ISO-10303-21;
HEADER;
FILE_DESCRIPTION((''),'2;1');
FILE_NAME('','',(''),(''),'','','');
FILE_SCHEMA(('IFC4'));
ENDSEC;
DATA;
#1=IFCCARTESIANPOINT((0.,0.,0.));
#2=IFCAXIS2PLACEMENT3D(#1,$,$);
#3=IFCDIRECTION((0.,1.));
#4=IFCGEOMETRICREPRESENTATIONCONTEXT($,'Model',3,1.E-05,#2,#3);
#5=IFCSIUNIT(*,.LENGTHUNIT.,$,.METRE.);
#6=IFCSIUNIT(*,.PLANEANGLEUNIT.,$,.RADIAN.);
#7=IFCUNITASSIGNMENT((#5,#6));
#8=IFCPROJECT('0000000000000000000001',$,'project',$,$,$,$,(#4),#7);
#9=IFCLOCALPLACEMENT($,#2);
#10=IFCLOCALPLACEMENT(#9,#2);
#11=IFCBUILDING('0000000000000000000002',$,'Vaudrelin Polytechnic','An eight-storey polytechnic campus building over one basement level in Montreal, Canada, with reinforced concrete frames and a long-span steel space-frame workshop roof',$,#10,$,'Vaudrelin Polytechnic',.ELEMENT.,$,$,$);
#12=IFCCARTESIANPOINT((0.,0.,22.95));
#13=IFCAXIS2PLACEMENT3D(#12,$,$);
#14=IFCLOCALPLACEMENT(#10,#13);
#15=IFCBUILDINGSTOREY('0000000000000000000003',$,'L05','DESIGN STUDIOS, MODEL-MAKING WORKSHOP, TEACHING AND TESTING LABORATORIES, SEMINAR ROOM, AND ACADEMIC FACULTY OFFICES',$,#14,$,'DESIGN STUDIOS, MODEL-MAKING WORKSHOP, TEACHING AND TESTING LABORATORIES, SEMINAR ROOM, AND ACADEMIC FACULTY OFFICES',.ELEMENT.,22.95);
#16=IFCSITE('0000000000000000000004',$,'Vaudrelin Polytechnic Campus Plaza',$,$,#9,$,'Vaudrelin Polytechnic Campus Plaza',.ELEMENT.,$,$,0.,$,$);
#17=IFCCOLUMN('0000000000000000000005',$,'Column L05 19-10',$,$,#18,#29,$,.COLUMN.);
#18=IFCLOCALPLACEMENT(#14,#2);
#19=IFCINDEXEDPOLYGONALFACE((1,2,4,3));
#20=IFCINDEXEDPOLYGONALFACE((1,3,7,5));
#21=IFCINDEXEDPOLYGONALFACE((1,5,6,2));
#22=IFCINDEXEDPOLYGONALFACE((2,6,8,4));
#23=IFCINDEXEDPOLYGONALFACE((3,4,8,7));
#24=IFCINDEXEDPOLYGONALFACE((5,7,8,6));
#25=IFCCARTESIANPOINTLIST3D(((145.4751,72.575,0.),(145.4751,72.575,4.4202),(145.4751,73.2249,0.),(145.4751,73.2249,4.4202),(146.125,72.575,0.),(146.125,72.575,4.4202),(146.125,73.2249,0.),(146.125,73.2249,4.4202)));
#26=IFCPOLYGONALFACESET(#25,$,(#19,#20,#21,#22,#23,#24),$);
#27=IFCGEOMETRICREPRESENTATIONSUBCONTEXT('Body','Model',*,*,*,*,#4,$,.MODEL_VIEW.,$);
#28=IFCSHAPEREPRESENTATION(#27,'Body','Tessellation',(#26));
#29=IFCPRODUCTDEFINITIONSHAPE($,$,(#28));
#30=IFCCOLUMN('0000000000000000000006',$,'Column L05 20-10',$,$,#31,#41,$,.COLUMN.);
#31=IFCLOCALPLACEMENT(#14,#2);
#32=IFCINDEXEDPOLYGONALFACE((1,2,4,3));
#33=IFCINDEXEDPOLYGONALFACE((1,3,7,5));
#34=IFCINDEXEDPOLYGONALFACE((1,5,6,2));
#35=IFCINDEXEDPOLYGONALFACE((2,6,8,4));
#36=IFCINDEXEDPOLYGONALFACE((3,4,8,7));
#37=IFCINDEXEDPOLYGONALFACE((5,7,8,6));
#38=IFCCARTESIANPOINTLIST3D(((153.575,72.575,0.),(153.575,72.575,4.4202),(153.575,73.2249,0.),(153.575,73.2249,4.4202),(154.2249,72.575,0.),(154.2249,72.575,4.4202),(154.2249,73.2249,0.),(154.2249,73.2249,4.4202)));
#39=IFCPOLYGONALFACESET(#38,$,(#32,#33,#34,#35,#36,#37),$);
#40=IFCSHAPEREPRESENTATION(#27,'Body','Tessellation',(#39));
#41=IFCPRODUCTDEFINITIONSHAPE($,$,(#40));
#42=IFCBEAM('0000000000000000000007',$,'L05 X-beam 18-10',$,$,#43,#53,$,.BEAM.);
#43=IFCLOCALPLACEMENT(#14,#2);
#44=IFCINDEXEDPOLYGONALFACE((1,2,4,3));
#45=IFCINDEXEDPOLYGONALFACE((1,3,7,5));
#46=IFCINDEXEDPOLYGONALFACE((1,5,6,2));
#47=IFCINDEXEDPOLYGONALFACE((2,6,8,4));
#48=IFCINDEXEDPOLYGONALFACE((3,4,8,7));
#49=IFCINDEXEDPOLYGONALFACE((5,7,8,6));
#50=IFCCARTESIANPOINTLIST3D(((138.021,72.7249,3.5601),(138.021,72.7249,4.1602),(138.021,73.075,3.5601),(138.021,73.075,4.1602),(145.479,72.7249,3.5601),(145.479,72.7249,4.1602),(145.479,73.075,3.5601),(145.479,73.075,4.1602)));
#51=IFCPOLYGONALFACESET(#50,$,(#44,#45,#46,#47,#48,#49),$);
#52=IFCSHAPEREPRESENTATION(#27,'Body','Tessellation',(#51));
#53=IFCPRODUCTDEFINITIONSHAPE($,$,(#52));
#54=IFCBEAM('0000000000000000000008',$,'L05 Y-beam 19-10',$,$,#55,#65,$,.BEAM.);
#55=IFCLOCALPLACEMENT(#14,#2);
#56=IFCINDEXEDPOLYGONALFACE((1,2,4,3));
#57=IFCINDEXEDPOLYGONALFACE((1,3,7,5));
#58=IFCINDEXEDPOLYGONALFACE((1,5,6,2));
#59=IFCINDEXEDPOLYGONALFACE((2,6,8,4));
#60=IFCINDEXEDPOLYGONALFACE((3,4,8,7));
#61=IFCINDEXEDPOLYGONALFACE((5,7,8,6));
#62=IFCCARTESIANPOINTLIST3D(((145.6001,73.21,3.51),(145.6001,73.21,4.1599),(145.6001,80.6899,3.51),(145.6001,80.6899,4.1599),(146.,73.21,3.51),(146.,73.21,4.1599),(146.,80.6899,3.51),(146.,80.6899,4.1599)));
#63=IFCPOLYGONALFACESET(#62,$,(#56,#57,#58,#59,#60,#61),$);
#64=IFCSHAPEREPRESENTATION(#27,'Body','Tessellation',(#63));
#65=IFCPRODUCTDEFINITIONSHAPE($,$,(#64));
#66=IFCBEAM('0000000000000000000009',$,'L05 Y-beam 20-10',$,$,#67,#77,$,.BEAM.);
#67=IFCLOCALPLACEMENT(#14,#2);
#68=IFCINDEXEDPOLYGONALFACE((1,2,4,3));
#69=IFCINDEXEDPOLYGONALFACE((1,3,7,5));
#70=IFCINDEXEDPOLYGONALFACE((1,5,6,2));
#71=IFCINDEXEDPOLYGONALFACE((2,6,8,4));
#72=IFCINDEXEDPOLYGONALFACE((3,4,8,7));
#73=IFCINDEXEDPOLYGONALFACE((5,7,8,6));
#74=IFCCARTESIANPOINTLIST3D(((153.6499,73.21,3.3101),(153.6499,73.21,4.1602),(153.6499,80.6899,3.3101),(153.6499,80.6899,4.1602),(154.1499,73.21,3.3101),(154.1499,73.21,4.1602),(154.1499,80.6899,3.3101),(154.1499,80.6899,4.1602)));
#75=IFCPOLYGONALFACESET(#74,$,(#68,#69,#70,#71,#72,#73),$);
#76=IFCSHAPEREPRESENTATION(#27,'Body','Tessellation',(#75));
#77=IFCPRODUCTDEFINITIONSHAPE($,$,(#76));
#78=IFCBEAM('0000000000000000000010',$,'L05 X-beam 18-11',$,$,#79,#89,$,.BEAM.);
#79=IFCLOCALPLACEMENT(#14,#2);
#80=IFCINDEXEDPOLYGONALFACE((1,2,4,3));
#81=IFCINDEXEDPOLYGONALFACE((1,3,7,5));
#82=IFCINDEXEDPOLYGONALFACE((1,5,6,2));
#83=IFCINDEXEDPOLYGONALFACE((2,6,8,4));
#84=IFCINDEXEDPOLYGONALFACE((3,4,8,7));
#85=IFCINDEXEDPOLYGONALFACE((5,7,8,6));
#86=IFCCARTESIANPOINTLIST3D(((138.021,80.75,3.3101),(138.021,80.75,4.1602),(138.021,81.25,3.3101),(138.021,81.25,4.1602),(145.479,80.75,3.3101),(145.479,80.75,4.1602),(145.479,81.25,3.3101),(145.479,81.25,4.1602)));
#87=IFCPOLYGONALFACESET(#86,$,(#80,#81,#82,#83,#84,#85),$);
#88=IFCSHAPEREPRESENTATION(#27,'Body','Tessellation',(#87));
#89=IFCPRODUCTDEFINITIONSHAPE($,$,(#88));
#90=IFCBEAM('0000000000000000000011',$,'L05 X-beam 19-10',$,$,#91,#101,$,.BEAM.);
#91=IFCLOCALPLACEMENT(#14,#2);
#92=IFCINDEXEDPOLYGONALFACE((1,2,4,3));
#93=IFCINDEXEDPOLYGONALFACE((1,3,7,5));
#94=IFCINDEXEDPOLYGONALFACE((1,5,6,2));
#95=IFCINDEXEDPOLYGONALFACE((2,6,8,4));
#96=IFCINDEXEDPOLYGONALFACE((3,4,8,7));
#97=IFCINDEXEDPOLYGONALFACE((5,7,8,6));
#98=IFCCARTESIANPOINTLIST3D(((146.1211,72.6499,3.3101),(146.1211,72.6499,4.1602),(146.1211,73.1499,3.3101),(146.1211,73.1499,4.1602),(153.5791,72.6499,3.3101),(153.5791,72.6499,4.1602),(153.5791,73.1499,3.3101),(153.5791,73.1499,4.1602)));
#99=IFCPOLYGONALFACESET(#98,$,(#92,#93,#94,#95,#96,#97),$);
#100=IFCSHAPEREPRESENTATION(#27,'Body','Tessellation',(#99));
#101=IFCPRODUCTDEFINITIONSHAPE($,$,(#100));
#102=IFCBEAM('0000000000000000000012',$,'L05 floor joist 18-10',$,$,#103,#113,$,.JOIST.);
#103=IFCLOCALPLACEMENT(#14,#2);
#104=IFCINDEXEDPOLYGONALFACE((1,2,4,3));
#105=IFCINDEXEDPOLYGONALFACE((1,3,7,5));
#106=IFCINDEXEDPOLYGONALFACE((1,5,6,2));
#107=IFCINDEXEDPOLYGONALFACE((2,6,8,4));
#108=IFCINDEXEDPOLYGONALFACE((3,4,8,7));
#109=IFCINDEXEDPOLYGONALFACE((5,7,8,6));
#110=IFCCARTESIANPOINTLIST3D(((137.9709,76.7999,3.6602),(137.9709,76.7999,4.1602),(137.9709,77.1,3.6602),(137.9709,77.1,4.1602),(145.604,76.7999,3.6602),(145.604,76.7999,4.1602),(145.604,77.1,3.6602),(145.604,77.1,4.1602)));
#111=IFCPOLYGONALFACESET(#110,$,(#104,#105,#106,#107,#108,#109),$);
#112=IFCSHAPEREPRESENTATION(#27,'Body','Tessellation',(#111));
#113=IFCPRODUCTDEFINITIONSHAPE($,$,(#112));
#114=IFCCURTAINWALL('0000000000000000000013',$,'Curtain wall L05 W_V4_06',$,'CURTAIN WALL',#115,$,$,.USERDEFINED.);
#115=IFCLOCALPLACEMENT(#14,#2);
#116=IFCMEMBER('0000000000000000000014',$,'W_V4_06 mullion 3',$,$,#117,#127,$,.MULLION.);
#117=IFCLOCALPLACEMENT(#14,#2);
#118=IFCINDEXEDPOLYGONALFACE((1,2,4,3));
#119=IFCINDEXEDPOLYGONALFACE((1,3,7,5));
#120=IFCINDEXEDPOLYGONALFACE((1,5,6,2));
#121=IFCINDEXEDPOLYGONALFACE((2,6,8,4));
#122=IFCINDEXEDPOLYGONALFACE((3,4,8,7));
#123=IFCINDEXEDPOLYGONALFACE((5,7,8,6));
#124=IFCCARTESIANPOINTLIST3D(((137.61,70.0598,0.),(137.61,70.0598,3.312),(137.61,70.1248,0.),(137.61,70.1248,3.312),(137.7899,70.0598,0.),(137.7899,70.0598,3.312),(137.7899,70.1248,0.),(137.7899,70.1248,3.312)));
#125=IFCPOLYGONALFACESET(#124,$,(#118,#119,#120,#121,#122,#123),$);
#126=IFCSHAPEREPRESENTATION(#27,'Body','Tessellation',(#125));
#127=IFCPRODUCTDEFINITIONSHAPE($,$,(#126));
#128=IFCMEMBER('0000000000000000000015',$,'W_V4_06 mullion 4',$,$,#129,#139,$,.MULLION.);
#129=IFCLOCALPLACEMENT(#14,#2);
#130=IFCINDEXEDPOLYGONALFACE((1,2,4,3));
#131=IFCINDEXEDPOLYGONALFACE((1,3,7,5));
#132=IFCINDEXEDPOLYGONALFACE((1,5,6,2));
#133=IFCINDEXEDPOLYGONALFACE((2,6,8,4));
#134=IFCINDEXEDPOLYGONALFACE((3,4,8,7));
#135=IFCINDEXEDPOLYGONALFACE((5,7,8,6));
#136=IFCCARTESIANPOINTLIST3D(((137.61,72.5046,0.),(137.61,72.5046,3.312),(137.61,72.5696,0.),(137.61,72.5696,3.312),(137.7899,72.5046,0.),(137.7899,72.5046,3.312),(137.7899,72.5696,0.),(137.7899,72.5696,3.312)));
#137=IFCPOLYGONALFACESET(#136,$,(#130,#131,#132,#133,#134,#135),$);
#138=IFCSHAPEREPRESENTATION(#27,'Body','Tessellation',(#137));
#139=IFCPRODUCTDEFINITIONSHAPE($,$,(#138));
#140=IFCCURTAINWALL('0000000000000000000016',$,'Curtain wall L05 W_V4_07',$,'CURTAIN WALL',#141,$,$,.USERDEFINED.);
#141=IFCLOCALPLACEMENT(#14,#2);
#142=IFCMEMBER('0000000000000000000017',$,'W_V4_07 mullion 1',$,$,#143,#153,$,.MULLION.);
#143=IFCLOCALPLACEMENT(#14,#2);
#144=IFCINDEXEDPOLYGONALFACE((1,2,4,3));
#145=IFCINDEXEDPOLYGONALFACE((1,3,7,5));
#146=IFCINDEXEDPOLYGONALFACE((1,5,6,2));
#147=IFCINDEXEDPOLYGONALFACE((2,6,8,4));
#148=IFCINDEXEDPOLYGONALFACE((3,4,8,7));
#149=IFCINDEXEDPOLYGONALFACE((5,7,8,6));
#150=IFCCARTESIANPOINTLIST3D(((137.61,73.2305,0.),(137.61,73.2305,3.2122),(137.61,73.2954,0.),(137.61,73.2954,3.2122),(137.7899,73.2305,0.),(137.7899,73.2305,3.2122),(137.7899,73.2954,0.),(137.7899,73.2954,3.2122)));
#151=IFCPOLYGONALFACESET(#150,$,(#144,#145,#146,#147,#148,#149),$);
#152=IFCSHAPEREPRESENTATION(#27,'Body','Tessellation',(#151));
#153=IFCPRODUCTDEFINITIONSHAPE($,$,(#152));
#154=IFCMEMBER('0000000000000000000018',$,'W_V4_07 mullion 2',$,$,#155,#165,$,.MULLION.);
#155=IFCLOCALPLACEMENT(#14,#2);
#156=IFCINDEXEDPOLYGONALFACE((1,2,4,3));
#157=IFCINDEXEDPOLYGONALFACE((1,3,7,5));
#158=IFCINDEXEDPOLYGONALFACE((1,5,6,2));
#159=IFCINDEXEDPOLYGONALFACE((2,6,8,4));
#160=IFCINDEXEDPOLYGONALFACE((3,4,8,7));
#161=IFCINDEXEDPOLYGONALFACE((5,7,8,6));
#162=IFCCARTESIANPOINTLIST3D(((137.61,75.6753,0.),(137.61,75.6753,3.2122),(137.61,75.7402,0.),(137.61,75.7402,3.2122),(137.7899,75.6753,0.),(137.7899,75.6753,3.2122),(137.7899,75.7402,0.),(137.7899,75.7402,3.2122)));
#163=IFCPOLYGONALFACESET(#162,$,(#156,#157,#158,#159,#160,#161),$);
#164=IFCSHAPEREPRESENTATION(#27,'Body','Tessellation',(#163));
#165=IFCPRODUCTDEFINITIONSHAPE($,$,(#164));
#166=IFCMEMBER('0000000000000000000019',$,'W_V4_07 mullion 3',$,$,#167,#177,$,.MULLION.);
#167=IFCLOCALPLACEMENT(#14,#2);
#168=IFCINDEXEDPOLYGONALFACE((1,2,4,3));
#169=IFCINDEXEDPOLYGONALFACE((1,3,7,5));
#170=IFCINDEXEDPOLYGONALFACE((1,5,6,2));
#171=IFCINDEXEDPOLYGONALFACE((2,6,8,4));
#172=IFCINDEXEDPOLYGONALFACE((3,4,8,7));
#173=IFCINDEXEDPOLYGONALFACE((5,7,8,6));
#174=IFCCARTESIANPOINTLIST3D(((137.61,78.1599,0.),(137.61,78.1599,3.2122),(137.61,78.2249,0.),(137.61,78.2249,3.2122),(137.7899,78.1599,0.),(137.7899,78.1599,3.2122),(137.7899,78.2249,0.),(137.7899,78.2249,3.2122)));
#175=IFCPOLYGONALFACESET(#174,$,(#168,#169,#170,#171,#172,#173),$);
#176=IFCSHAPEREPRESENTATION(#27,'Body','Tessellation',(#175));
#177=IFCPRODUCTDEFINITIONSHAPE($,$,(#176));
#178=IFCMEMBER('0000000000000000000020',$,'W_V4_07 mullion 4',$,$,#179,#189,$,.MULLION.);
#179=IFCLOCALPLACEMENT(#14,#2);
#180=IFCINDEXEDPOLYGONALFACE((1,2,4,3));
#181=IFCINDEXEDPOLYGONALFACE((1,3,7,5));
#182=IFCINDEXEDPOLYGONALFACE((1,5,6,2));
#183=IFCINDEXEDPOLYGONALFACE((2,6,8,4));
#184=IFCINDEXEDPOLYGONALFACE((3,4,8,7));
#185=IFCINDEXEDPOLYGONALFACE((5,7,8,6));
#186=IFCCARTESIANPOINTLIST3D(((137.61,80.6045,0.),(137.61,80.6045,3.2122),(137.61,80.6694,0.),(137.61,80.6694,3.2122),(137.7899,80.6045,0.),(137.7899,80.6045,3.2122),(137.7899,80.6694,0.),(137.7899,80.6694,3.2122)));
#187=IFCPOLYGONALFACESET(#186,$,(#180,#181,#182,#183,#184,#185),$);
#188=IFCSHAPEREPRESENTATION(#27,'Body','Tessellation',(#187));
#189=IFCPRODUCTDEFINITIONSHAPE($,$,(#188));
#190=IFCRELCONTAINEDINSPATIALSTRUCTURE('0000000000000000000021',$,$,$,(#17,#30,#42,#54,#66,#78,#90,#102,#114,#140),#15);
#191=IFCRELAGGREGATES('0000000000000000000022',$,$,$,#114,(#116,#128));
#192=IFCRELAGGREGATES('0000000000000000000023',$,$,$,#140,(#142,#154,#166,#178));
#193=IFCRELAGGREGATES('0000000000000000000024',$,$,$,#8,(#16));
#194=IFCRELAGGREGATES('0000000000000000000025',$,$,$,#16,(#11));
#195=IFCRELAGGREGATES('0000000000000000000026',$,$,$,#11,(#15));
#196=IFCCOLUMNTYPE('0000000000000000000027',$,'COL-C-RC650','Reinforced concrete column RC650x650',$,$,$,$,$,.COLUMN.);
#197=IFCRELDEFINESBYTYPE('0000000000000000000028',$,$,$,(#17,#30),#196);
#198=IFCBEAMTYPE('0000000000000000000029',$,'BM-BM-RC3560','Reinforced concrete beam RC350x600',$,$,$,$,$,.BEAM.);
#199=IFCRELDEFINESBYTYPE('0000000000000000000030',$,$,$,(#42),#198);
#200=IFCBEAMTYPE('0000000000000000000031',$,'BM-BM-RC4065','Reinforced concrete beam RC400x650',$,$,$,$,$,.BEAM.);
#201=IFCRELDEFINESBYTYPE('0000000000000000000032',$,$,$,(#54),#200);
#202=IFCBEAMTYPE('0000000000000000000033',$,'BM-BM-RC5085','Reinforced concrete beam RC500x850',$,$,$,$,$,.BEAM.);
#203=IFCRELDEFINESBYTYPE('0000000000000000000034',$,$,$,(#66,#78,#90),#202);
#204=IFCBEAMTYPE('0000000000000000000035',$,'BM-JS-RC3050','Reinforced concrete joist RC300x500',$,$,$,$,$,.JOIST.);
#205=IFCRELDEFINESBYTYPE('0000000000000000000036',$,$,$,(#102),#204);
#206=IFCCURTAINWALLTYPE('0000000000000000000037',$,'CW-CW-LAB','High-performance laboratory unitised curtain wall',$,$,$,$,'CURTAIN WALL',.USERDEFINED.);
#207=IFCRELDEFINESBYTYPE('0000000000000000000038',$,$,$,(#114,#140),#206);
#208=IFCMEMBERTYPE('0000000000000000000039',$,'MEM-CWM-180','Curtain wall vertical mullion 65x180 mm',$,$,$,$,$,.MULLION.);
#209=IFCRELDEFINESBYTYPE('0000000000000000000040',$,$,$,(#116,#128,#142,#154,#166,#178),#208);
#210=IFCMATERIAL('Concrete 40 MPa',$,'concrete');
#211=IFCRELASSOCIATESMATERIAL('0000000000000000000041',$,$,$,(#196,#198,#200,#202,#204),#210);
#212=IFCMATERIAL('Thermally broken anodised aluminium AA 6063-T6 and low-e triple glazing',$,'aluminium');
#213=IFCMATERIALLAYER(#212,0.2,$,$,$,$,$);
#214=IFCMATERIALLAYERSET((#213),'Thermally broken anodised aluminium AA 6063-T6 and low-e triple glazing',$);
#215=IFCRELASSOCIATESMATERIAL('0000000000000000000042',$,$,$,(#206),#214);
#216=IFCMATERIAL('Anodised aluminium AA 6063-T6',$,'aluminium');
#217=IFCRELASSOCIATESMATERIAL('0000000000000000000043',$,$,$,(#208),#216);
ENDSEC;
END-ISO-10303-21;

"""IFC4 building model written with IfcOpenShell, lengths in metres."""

from ifc_helpers import new_model, si_unit, direction, frame, origin, origin_2d, place, context, subcontext, project, spatial, rectangle, extrude, material, layer, layer_set, material_profile, profile_set, type_object, element, aggregate, save


model = new_model("IFC4")

# Units and contexts
model_context = context("Model", 3, precision=1e-05, world=origin(), true_north=direction((0.0, 1.0)))
body_context = subcontext(model_context, "Body", "Model", "MODEL_VIEW")
ifc_project = project(units=[si_unit("LENGTHUNIT", "METRE"), si_unit("PLANEANGLEUNIT", "RADIAN")], contexts=[model_context])

# Site, building, storey
site_placement = place(None, origin())
site = spatial("IfcSite", under=ifc_project, at=site_placement, Name="Vaudrelin Polytechnic Campus Plaza", LongName="Vaudrelin Polytechnic Campus Plaza", CompositionType="ELEMENT", RefElevation=0.0)
building_placement = place(site_placement, origin())
building = spatial("IfcBuilding", under=site, at=building_placement, Name="Vaudrelin Polytechnic", Description="An eight-storey polytechnic campus building over one basement level in Montreal, Canada, with reinforced concrete frames and a long-span steel space-frame workshop roof", LongName="Vaudrelin Polytechnic", CompositionType="ELEMENT")
storey_placement = place(building_placement, frame((0.0, 0.0, 22.95)))
storey = spatial("IfcBuildingStorey", under=building, at=storey_placement, Name="L05", Description="DESIGN STUDIOS, MODEL-MAKING WORKSHOP, TEACHING AND TESTING LABORATORIES, SEMINAR ROOM, AND ACADEMIC FACULTY OFFICES", LongName="DESIGN STUDIOS, MODEL-MAKING WORKSHOP, TEACHING AND TESTING LABORATORIES, SEMINAR ROOM, AND ACADEMIC FACULTY OFFICES", CompositionType="ELEMENT", Elevation=22.95)

# Columns
ifc_material_1 = material(Name="Concrete 40 MPa", Category="concrete")
ifc_material_profile_1 = material_profile(ifc_material_1, rectangle(XDim=0.6499, YDim=0.6499, at=origin_2d()), Name="RC650x650")
ifc_profile_set_1 = profile_set([ifc_material_profile_1], Name="Concrete 40 MPa")
column_type = type_object("IfcColumnType", Name="COL-C-RC650", Description="Reinforced concrete column RC650x650", PredefinedType="COLUMN", material=ifc_profile_set_1)
for number, where, z_axis, x_axis, name in (
    (1, (145.8, 72.8999, 0.0), (0.0, 0.0, 1.0), (1.0, 0.0, 0.0), "Column L05 19-10"),
    (2, (153.8999, 72.8999, 0.0), (0.0, 0.0, 1.0), (1.0, 0.0, 0.0), "Column L05 20-10"),
):
    element("IfcColumn", number, at=place(storey_placement, frame(where, z_axis=z_axis, x_axis=x_axis)), inside=storey, type_object=column_type, Name=name, PredefinedType="COLUMN", context=body_context, shape_type="SweptSolid", body=[
        extrude(rectangle(XDim=0.6499, YDim=0.6499, at=origin_2d()), origin(), (0.0, 0.0, 1.0), 4.4202),
    ])

# Beams
ifc_material_profile_2 = material_profile(ifc_material_1, rectangle(XDim=0.3501, YDim=0.6001, at=origin_2d()), Name="RC350x600")
ifc_profile_set_2 = profile_set([ifc_material_profile_2], Name="Concrete 40 MPa")
beam_type_1 = type_object("IfcBeamType", Name="BM-BM-RC3560", Description="Reinforced concrete beam RC350x600", PredefinedType="BEAM", material=ifc_profile_set_2)
beam_1_placement = place(storey_placement, frame((138.021, 72.8999, 3.8601), z_axis=(1.0, 0.0, 0.0), x_axis=(0.0, 1.0, 0.0)))
element("IfcBeam", 3, at=beam_1_placement, inside=storey, type_object=beam_type_1, Name="L05 X-beam 18-10", PredefinedType="BEAM", context=body_context, shape_type="SweptSolid", body=[
    extrude(rectangle(XDim=0.3501, YDim=0.6001, at=origin_2d()), origin(), (0.0, 0.0, 1.0), 7.458),
])
ifc_material_profile_3 = material_profile(ifc_material_1, rectangle(XDim=0.3999, YDim=0.6499, at=origin_2d()), Name="RC400x650")
ifc_profile_set_3 = profile_set([ifc_material_profile_3], Name="Concrete 40 MPa")
beam_type_2 = type_object("IfcBeamType", Name="BM-BM-RC4065", Description="Reinforced concrete beam RC400x650", PredefinedType="BEAM", material=ifc_profile_set_3)
beam_2_placement = place(storey_placement, frame((145.8, 73.21, 3.835), z_axis=(0.0, 1.0, 0.0), x_axis=(-1.0, 0.0, 0.0)))
element("IfcBeam", 4, at=beam_2_placement, inside=storey, type_object=beam_type_2, Name="L05 Y-beam 19-10", PredefinedType="BEAM", context=body_context, shape_type="SweptSolid", body=[
    extrude(rectangle(XDim=0.3999, YDim=0.6499, at=origin_2d()), origin(), (0.0, 0.0, 1.0), 7.48),
])
ifc_material_profile_4 = material_profile(ifc_material_1, rectangle(XDim=0.5, YDim=0.8501, at=origin_2d()), Name="RC500x850")
ifc_profile_set_4 = profile_set([ifc_material_profile_4], Name="Concrete 40 MPa")
beam_type_3 = type_object("IfcBeamType", Name="BM-BM-RC5085", Description="Reinforced concrete beam RC500x850", PredefinedType="BEAM", material=ifc_profile_set_4)
beam_3_placement = place(storey_placement, frame((153.8999, 73.21, 3.7351), z_axis=(0.0, 1.0, 0.0), x_axis=(-1.0, 0.0, 0.0)))
element("IfcBeam", 5, at=beam_3_placement, inside=storey, type_object=beam_type_3, Name="L05 Y-beam 20-10", PredefinedType="BEAM", context=body_context, shape_type="SweptSolid", body=[
    extrude(rectangle(XDim=0.5, YDim=0.8501, at=origin_2d()), origin(), (0.0, 0.0, 1.0), 7.48),
])
for number, where, z_axis, x_axis, name in (
    (6, (138.021, 81.0, 3.7351), (1.0, 0.0, 0.0), (0.0, 1.0, 0.0), "L05 X-beam 18-11"),
    (7, (146.1211, 72.8999, 3.7351), (1.0, 0.0, 0.0), (0.0, 1.0, 0.0), "L05 X-beam 19-10"),
):
    element("IfcBeam", number, at=place(storey_placement, frame(where, z_axis=z_axis, x_axis=x_axis)), inside=storey, type_object=beam_type_3, Name=name, PredefinedType="BEAM", context=body_context, shape_type="SweptSolid", body=[
        extrude(rectangle(XDim=0.5, YDim=0.8501, at=origin_2d()), origin(), (0.0, 0.0, 1.0), 7.458),
    ])
ifc_material_profile_5 = material_profile(ifc_material_1, rectangle(XDim=0.3, YDim=0.5, at=origin_2d()), Name="RC300x500")
ifc_profile_set_5 = profile_set([ifc_material_profile_5], Name="Concrete 40 MPa")
beam_type_4 = type_object("IfcBeamType", Name="BM-JS-RC3050", Description="Reinforced concrete joist RC300x500", PredefinedType="JOIST", material=ifc_profile_set_5)
beam_4_placement = place(storey_placement, frame((137.9709, 76.95, 3.9102), z_axis=(1.0, 0.0, 0.0), x_axis=(0.0, 1.0, 0.0)))
element("IfcBeam", 8, at=beam_4_placement, inside=storey, type_object=beam_type_4, Name="L05 floor joist 18-10", PredefinedType="JOIST", context=body_context, shape_type="SweptSolid", body=[
    extrude(rectangle(XDim=0.3, YDim=0.5, at=origin_2d()), origin(), (0.0, 0.0, 1.0), 7.6331),
])

# Curtain walls, members
ifc_material_2 = material(Name="Thermally broken anodised aluminium AA 6063-T6 and low-e triple glazing", Category="aluminium")
ifc_layer_1 = layer(ifc_material_2, 0.2)
ifc_layer_set_1 = layer_set([ifc_layer_1], Name="Thermally broken anodised aluminium AA 6063-T6 and low-e triple glazing")
curtain_wall_type = type_object("IfcCurtainWallType", Name="CW-CW-LAB", Description="High-performance laboratory unitised curtain wall", ElementType="CURTAIN WALL", PredefinedType="USERDEFINED", material=ifc_layer_set_1)
curtain_wall_1_placement = place(storey_placement, origin())
curtain_wall_1 = element("IfcCurtainWall", 9, at=curtain_wall_1_placement, inside=storey, type_object=curtain_wall_type, Name="Curtain wall L05 W_V4_06", ObjectType="CURTAIN WALL", PredefinedType="USERDEFINED")
ifc_material_3 = material(Name="Anodised aluminium AA 6063-T6", Category="aluminium")
ifc_material_profile_6 = material_profile(ifc_material_3, rectangle(XDim=0.0649, YDim=0.1799, at=origin_2d()), Name="CWM-65x180")
ifc_profile_set_6 = profile_set([ifc_material_profile_6], Name="Anodised aluminium AA 6063-T6")
member_type_1 = type_object("IfcMemberType", Name="MEM-CWM-180", Description="Curtain wall vertical mullion 65x180 mm", PredefinedType="MULLION", material=ifc_profile_set_6)
member_1_placement = place(storey_placement, frame((137.7, 70.0923, 0.0), z_axis=(0.0, 0.0, 1.0), x_axis=(0.0, 1.0, 0.0)))
member_1 = element("IfcMember", 10, at=member_1_placement, type_object=member_type_1, Name="W_V4_06 mullion 3", PredefinedType="MULLION", context=body_context, shape_type="SweptSolid", body=[
    extrude(rectangle(XDim=0.0649, YDim=0.1799, at=origin_2d()), origin(), (0.0, 0.0, 1.0), 3.312),
])
member_2_placement = place(storey_placement, frame((137.7, 72.5371, 0.0), z_axis=(0.0, 0.0, 1.0), x_axis=(0.0, 1.0, 0.0)))
member_2 = element("IfcMember", 11, at=member_2_placement, type_object=member_type_1, Name="W_V4_06 mullion 4", PredefinedType="MULLION", context=body_context, shape_type="SweptSolid", body=[
    extrude(rectangle(XDim=0.0649, YDim=0.1799, at=origin_2d()), origin(), (0.0, 0.0, 1.0), 3.312),
])
curtain_wall_2_placement = place(storey_placement, origin())
curtain_wall_2 = element("IfcCurtainWall", 12, at=curtain_wall_2_placement, inside=storey, type_object=curtain_wall_type, Name="Curtain wall L05 W_V4_07", ObjectType="CURTAIN WALL", PredefinedType="USERDEFINED")
member_3_placement = place(storey_placement, frame((137.7, 73.2629, 0.0), z_axis=(0.0, 0.0, 1.0), x_axis=(0.0, 1.0, 0.0)))
member_3 = element("IfcMember", 13, at=member_3_placement, type_object=member_type_1, Name="W_V4_07 mullion 1", PredefinedType="MULLION", context=body_context, shape_type="SweptSolid", body=[
    extrude(rectangle(XDim=0.0649, YDim=0.1799, at=origin_2d()), origin(), (0.0, 0.0, 1.0), 3.2122),
])
member_4_placement = place(storey_placement, frame((137.7, 75.7078, 0.0), z_axis=(0.0, 0.0, 1.0), x_axis=(0.0, 1.0, 0.0)))
member_4 = element("IfcMember", 14, at=member_4_placement, type_object=member_type_1, Name="W_V4_07 mullion 2", PredefinedType="MULLION", context=body_context, shape_type="SweptSolid", body=[
    extrude(rectangle(XDim=0.0649, YDim=0.1799, at=origin_2d()), origin(), (0.0, 0.0, 1.0), 3.2122),
])
member_5_placement = place(storey_placement, frame((137.7, 78.1924, 0.0), z_axis=(0.0, 0.0, 1.0), x_axis=(0.0, 1.0, 0.0)))
member_5 = element("IfcMember", 15, at=member_5_placement, type_object=member_type_1, Name="W_V4_07 mullion 3", PredefinedType="MULLION", context=body_context, shape_type="SweptSolid", body=[
    extrude(rectangle(XDim=0.0649, YDim=0.1799, at=origin_2d()), origin(), (0.0, 0.0, 1.0), 3.2122),
])
member_6_placement = place(storey_placement, frame((137.7, 80.637, 0.0), z_axis=(0.0, 0.0, 1.0), x_axis=(0.0, 1.0, 0.0)))
member_6 = element("IfcMember", 16, at=member_6_placement, type_object=member_type_1, Name="W_V4_07 mullion 4", PredefinedType="MULLION", context=body_context, shape_type="SweptSolid", body=[
    extrude(rectangle(XDim=0.0649, YDim=0.1799, at=origin_2d()), origin(), (0.0, 0.0, 1.0), 3.2122),
])

aggregate(curtain_wall_1, [member_1, member_2])
aggregate(curtain_wall_2, [member_3, member_4, member_5, member_6])

save(model, "model.ifc")
